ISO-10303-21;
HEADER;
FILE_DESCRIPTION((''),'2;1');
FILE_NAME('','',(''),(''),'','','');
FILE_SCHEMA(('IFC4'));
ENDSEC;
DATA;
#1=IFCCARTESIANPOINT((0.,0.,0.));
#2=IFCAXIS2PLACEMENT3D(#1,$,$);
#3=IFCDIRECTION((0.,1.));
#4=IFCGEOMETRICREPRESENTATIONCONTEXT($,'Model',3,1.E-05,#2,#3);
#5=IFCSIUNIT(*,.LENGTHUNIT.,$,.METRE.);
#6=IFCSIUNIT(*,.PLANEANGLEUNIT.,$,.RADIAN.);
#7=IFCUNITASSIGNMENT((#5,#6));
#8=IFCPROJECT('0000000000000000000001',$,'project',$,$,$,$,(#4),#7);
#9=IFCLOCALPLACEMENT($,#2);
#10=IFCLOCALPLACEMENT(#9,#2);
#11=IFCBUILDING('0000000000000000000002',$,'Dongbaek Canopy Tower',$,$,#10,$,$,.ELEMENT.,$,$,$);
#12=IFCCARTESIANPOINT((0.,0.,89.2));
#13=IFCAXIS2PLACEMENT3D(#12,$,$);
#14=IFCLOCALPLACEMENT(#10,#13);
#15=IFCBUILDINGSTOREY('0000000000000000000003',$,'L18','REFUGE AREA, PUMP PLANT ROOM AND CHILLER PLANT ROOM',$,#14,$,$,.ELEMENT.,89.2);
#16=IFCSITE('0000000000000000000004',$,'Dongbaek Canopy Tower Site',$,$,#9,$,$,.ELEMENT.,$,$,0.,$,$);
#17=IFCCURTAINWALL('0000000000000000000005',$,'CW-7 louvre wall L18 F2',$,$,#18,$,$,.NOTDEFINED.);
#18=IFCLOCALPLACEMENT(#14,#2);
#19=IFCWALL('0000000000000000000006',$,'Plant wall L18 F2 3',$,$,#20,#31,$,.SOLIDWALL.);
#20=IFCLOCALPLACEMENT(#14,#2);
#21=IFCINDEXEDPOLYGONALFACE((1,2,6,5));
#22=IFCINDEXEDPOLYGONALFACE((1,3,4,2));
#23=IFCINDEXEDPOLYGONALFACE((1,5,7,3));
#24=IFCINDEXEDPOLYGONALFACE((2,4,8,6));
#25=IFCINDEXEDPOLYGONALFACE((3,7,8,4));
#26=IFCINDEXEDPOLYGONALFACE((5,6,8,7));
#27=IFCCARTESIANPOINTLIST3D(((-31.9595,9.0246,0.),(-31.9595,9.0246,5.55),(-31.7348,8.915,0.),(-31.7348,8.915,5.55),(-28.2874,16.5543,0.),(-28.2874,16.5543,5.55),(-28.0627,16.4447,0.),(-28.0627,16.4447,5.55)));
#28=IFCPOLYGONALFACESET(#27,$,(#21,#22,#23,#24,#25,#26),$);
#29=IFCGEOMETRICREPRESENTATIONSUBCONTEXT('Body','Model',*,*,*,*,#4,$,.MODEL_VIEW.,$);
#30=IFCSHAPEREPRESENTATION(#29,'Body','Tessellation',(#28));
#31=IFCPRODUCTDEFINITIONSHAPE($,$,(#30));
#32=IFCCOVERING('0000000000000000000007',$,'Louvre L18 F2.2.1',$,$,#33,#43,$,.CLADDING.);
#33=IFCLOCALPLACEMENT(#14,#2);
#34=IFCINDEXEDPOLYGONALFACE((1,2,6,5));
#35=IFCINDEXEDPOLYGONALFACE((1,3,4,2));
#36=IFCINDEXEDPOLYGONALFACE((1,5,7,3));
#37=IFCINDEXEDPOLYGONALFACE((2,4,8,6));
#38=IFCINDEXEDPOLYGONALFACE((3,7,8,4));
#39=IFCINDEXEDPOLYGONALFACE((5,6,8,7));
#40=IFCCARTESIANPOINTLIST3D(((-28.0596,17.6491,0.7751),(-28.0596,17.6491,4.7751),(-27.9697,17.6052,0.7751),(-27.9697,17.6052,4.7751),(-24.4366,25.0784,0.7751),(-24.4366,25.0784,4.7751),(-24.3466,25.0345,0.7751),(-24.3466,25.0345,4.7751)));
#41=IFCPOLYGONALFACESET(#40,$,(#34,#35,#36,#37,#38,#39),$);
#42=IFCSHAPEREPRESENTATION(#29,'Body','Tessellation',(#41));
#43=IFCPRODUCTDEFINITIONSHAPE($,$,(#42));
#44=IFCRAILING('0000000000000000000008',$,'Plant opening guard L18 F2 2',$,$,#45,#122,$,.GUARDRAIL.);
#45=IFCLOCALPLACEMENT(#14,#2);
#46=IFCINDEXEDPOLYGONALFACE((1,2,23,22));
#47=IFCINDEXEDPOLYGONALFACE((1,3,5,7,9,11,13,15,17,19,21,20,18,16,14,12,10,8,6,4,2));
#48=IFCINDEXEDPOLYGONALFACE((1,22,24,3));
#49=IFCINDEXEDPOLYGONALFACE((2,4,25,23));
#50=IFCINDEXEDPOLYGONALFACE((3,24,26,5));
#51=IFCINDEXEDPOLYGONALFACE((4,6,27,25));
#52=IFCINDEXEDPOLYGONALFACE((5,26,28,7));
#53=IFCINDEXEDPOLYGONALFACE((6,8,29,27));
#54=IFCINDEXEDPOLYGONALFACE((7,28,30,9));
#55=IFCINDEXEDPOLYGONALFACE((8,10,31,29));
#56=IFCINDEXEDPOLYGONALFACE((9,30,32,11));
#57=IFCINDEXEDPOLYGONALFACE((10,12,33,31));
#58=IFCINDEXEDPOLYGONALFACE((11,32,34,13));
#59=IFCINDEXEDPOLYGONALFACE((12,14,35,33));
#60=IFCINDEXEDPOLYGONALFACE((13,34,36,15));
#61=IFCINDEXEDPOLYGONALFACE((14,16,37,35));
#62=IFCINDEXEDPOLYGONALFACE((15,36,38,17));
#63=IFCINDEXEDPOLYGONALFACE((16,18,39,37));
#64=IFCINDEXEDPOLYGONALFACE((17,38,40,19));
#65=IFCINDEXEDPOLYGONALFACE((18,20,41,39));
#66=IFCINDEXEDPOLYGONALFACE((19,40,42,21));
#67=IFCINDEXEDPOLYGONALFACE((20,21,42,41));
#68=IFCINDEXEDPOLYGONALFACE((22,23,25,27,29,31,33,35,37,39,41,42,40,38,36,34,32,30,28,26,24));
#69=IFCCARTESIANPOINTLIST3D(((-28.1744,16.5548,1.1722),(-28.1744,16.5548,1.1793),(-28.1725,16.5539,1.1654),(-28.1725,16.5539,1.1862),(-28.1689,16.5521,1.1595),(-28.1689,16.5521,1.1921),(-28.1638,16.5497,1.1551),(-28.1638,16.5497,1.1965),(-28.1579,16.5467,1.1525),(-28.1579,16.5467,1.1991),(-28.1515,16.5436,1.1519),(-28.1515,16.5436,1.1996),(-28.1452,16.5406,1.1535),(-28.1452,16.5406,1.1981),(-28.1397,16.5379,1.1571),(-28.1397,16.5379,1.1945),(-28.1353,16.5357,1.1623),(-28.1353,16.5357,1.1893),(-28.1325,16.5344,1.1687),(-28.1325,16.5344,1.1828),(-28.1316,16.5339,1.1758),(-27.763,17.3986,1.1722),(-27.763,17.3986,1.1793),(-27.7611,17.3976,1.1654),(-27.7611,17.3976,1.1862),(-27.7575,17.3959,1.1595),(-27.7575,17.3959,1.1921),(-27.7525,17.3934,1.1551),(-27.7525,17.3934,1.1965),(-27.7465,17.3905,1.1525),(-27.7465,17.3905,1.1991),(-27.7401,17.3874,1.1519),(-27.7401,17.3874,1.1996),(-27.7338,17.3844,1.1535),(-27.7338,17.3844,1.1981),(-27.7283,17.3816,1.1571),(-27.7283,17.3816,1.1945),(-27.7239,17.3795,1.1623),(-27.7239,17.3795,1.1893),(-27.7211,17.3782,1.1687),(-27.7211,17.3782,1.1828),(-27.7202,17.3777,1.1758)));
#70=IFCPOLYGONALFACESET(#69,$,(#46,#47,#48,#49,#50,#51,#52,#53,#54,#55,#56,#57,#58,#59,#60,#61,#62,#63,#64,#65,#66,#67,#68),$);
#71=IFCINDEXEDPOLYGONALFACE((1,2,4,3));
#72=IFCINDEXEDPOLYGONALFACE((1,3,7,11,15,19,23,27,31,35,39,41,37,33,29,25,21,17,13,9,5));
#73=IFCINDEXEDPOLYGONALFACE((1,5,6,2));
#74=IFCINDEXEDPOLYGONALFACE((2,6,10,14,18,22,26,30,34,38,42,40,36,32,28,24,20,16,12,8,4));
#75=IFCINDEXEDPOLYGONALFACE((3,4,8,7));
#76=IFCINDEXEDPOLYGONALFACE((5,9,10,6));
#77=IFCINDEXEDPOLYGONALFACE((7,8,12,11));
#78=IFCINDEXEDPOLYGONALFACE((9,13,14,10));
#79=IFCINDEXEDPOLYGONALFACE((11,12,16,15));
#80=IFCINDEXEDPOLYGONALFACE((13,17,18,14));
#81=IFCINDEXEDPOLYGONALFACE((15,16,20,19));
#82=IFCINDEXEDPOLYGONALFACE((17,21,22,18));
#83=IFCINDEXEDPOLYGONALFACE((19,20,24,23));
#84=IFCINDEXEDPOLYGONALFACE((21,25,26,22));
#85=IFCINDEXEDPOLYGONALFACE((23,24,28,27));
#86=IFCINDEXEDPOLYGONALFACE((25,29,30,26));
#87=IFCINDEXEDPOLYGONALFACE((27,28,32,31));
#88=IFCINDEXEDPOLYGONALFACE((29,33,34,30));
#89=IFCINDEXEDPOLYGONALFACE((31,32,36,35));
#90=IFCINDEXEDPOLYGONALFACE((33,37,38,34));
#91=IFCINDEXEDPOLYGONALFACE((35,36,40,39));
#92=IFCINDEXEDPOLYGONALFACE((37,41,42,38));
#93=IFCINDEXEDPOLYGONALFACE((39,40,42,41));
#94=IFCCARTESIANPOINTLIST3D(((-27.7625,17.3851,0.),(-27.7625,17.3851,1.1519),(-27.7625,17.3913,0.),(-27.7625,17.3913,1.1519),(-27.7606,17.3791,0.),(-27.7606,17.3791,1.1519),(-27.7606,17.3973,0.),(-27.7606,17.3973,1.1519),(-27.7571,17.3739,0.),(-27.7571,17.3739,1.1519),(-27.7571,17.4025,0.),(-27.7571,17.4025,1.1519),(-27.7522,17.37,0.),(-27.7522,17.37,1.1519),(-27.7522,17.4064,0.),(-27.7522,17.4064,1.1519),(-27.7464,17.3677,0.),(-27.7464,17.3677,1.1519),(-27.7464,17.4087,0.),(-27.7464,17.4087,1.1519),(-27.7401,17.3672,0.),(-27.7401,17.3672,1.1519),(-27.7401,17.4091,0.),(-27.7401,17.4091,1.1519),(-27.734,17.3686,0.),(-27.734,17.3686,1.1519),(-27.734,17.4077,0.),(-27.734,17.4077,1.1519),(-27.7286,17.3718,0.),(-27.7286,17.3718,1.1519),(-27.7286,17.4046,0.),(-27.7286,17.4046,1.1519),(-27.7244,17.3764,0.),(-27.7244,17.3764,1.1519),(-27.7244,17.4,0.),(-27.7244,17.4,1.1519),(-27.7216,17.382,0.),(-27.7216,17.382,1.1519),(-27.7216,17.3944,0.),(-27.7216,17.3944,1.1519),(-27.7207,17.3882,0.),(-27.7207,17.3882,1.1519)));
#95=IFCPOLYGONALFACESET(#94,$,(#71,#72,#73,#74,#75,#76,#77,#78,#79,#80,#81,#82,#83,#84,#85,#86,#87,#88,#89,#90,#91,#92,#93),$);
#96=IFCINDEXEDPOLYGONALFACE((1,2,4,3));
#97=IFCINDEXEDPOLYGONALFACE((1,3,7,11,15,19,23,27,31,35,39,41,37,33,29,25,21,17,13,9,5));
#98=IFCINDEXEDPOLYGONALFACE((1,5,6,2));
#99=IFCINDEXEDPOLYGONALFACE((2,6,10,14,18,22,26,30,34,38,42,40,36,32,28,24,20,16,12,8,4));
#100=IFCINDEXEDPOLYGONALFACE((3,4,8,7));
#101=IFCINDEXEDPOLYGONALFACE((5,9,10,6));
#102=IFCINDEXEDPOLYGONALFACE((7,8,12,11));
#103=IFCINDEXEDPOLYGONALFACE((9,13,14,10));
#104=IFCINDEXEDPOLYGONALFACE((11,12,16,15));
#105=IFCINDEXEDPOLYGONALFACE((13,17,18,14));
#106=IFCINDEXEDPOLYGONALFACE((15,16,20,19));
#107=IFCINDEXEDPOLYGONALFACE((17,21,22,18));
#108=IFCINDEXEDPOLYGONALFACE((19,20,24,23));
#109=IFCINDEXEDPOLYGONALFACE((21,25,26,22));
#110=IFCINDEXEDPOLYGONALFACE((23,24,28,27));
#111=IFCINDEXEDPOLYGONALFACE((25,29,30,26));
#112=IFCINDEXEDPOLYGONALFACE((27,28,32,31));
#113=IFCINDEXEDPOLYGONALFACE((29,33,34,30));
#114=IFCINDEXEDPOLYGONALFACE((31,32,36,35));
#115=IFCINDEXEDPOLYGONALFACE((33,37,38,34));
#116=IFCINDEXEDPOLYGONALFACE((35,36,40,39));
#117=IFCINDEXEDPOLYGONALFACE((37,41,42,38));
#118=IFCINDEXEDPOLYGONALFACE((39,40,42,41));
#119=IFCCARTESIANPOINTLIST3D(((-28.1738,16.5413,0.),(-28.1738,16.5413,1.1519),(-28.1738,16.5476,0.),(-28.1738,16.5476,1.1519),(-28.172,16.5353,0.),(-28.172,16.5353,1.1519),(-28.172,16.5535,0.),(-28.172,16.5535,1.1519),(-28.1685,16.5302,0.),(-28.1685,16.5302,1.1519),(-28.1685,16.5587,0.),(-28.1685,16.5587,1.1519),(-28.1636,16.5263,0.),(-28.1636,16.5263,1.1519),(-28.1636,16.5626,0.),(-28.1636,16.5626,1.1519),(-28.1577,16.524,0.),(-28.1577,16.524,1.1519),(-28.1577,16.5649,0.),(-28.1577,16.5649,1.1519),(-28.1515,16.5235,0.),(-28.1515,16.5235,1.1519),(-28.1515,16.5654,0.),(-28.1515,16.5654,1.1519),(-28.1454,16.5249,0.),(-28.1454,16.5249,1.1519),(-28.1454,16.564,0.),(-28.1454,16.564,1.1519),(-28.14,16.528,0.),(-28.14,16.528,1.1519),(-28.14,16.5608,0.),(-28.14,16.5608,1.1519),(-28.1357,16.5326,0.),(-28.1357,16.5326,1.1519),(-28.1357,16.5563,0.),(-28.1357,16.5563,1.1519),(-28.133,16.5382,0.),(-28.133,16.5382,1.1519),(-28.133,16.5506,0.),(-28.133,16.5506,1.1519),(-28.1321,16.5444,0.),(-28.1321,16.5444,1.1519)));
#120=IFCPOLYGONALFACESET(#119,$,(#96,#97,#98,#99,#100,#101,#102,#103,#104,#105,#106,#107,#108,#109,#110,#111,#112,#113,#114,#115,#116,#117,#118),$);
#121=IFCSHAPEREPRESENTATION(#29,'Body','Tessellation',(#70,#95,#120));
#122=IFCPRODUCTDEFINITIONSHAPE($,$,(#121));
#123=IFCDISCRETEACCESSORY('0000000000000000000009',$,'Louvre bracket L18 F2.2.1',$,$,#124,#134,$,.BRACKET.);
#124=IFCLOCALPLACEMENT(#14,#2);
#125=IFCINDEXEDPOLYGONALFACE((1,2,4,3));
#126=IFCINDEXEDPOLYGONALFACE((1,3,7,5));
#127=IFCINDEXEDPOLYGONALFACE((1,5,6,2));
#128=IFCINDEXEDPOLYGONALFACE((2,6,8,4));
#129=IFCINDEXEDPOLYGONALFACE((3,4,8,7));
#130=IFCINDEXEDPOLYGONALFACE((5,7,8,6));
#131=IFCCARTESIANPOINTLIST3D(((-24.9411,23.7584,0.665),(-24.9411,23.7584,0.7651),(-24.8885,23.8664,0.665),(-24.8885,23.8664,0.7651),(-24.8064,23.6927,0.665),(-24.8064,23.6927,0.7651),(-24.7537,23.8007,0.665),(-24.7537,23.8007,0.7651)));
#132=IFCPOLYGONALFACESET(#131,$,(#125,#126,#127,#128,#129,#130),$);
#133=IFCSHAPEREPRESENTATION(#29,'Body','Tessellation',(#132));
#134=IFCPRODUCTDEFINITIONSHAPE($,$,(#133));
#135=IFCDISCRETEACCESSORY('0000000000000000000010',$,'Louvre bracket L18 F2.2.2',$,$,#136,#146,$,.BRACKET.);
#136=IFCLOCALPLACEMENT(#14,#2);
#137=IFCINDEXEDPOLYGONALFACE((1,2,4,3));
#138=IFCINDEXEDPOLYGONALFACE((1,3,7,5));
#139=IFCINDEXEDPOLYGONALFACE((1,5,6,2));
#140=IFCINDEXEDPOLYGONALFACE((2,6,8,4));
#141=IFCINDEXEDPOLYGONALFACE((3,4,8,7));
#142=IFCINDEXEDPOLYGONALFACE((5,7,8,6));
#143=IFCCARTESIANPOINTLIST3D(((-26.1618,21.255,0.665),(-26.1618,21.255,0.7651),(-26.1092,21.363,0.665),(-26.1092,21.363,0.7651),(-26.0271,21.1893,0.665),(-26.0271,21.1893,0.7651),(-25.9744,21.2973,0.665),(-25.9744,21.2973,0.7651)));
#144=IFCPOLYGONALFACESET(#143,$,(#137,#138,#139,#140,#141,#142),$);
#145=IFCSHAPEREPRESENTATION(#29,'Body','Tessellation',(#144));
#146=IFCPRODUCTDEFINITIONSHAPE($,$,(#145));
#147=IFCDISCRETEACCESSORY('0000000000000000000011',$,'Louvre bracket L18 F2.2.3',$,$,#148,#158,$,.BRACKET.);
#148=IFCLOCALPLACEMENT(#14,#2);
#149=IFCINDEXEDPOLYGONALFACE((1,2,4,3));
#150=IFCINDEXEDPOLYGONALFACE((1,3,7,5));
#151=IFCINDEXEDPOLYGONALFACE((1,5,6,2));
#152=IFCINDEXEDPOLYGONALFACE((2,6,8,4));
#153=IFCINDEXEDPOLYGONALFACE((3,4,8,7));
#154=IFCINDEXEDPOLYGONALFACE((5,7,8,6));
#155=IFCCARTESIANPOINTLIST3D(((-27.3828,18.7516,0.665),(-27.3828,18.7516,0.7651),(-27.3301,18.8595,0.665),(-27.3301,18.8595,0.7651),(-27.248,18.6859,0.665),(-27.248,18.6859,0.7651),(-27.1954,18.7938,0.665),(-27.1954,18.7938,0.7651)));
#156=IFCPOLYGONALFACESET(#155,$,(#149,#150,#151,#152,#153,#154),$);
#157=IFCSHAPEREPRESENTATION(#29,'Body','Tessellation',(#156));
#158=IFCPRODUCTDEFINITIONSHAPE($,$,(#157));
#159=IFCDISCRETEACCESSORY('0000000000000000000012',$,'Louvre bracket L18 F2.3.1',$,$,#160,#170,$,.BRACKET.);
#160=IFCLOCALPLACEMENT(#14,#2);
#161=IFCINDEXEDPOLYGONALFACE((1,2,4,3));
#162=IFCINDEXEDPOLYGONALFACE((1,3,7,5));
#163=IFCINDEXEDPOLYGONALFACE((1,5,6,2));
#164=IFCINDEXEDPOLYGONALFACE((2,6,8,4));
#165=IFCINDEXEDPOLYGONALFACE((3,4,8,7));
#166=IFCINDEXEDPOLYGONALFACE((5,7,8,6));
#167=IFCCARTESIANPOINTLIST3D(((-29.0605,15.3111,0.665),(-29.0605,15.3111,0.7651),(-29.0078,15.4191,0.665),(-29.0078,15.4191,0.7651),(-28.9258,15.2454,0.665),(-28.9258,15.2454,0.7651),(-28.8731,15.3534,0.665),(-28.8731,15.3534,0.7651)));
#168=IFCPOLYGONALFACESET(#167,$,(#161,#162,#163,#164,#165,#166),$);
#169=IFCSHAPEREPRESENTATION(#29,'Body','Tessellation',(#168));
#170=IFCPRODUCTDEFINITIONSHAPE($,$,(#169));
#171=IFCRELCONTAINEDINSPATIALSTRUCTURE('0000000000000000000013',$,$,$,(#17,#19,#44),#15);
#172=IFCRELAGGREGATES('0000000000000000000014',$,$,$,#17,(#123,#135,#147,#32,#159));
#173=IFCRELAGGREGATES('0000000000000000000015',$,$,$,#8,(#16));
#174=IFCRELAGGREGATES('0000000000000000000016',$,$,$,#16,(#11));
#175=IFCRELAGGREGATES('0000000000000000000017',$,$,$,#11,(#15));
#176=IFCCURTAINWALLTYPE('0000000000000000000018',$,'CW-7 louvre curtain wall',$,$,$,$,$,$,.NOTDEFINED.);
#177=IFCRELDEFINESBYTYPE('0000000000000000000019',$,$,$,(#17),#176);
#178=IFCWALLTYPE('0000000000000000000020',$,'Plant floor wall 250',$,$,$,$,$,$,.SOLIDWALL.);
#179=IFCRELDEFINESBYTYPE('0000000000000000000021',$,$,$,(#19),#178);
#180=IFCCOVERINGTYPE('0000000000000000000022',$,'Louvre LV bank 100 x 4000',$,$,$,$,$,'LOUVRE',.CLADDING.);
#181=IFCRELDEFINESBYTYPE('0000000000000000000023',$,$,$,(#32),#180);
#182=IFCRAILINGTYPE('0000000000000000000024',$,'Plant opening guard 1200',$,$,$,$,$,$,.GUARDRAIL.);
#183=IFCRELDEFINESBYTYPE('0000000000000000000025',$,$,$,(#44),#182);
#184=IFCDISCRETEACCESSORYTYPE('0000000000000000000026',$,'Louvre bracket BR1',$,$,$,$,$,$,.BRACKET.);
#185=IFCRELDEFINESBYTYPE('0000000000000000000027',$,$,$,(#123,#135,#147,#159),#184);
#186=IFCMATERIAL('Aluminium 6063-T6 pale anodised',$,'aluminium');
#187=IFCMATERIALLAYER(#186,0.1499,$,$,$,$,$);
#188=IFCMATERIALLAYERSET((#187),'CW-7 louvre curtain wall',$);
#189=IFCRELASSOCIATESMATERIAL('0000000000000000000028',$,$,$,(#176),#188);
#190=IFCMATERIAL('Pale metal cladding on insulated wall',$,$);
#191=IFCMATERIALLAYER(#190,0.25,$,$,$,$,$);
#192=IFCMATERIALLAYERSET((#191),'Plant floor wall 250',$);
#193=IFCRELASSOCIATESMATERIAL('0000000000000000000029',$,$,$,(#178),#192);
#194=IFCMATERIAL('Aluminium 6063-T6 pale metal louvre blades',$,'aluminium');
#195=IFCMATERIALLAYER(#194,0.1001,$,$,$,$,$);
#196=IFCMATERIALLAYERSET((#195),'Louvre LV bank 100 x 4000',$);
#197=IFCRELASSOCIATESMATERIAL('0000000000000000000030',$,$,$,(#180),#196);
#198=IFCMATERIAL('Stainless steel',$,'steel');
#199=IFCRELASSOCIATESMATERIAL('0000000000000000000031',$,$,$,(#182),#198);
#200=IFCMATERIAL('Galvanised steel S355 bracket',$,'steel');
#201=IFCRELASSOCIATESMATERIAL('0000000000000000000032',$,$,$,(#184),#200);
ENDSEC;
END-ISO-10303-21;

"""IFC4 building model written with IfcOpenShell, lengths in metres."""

from ifc_helpers import new_model, si_unit, direction, frame, frame_2d, origin, origin_2d, place, context, subcontext, project, spatial, rectangle, circle, extrude, material, layer, layer_set, type_object, element, aggregate, save


model = new_model("IFC4")

# Units and contexts
model_context = context("Model", 3, precision=1e-05, world=origin(), true_north=direction((0.0, 1.0)))
body_context = subcontext(model_context, "Body", "Model", "MODEL_VIEW")
ifc_project = project(units=[si_unit("LENGTHUNIT", "METRE"), si_unit("PLANEANGLEUNIT", "RADIAN")], contexts=[model_context])

# Site, building, storey
site_placement = place(None, origin())
site = spatial("IfcSite", under=ifc_project, at=site_placement, Name="Dongbaek Canopy Tower Site", CompositionType="ELEMENT", RefElevation=0.0)
building_placement = place(site_placement, origin())
building = spatial("IfcBuilding", under=site, at=building_placement, Name="Dongbaek Canopy Tower", CompositionType="ELEMENT")
storey_placement = place(building_placement, frame((0.0, 0.0, 89.2)))
storey = spatial("IfcBuildingStorey", under=building, at=storey_placement, Name="L18", Description="REFUGE AREA, PUMP PLANT ROOM AND CHILLER PLANT ROOM", CompositionType="ELEMENT", Elevation=89.2)

# Curtain wall
ifc_material_1 = material(Name="Aluminium 6063-T6 pale anodised", Category="aluminium")
ifc_layer_1 = layer(ifc_material_1, 0.1499)
ifc_layer_set_1 = layer_set([ifc_layer_1], Name="CW-7 louvre curtain wall")
curtain_wall_type = type_object("IfcCurtainWallType", Name="CW-7 louvre curtain wall", PredefinedType="NOTDEFINED", material=ifc_layer_set_1)
curtain_wall_placement = place(storey_placement, origin())
curtain_wall = element("IfcCurtainWall", 1, at=curtain_wall_placement, inside=storey, type_object=curtain_wall_type, Name="CW-7 louvre wall L18 F2", PredefinedType="NOTDEFINED")

# Wall
ifc_material_2 = material(Name="Pale metal cladding on insulated wall")
ifc_layer_2 = layer(ifc_material_2, 0.25)
ifc_layer_set_2 = layer_set([ifc_layer_2], Name="Plant floor wall 250")
wall_type_1 = type_object("IfcWallType", Name="Plant floor wall 250", PredefinedType="SOLIDWALL", material=ifc_layer_set_2)
wall_1_placement = place(storey_placement, frame((-28.175, 16.4995, 0.0), z_axis=(0.0, 0.0, 1.0), x_axis=(-0.438332, -0.898813, 0.0)))
element("IfcWall", 2, at=wall_1_placement, inside=storey, type_object=wall_type_1, Name="Plant wall L18 F2 3", PredefinedType="SOLIDWALL", context=body_context, shape_type="SweptSolid", body=[
    extrude(rectangle(XDim=8.3774, YDim=0.25, at=frame_2d((4.1887, 0.0))), origin(), (0.0, 0.0, 1.0), 5.55),
])

# Covering
ifc_material_3 = material(Name="Aluminium 6063-T6 pale metal louvre blades", Category="aluminium")
ifc_layer_3 = layer(ifc_material_3, 0.1001)
ifc_layer_set_3 = layer_set([ifc_layer_3], Name="Louvre LV bank 100 x 4000")
covering_type = type_object("IfcCoveringType", Name="Louvre LV bank 100 x 4000", ElementType="LOUVRE", PredefinedType="CLADDING", material=ifc_layer_set_3)
covering_placement = place(storey_placement, frame((-26.2031, 21.3418, 0.7751), z_axis=(0.0, 0.0, 1.0), x_axis=(-0.438328, -0.898815, 0.0)))
covering = element("IfcCovering", 3, at=covering_placement, type_object=covering_type, Name="Louvre L18 F2.2.1", PredefinedType="CLADDING", context=body_context, shape_type="SweptSolid", body=[
    extrude(rectangle(XDim=8.2656, YDim=0.1001, at=origin_2d()), origin(), (0.0, 0.0, 1.0), 4.0),
])

# Railing
ifc_material_4 = material(Name="Stainless steel", Category="steel")
railing_type = type_object("IfcRailingType", Name="Plant opening guard 1200", PredefinedType="GUARDRAIL", material=ifc_material_4)
railing_placement = place(storey_placement, frame((-27.7417, 17.3882, 0.0)))
element("IfcRailing", 4, at=railing_placement, inside=storey, type_object=railing_type, Name="Plant opening guard L18 F2 2", PredefinedType="GUARDRAIL", context=body_context, shape_type="SweptSolid", body=[
    extrude(circle(Radius=0.0239, at=origin_2d()), frame((0.0, 0.0, 1.1758), z_axis=(-0.438244, -0.898856, 0.0), x_axis=(0.898856, -0.438244, 0.0)), (0.0, 0.0, 1.0), 0.9387),
    extrude(circle(Radius=0.021, at=origin_2d()), origin(), (0.0, 0.0, 1.0), 1.1519),
    extrude(circle(Radius=0.021, at=origin_2d()), frame((-0.4114, -0.8438, 0.0)), (0.0, 0.0, 1.0), 1.1519),
])

# Discrete accessories
ifc_material_5 = material(Name="Galvanised steel S355 bracket", Category="steel")
discrete_accessory_type = type_object("IfcDiscreteAccessoryType", Name="Louvre bracket BR1", PredefinedType="BRACKET", material=ifc_material_5)
discrete_accessory_1_placement = place(storey_placement, frame((-24.8474, 23.7795, 0.665), z_axis=(0.0, 0.0, 1.0), x_axis=(-0.438328, -0.898815, 0.0)))
discrete_accessory_1 = element("IfcDiscreteAccessory", 5, at=discrete_accessory_1_placement, type_object=discrete_accessory_type, Name="Louvre bracket L18 F2.2.1", PredefinedType="BRACKET", context=body_context, shape_type="SweptSolid", body=[
    extrude(rectangle(XDim=0.1201, YDim=0.1499, at=origin_2d()), origin(), (0.0, 0.0, 1.0), 0.1001),
])
discrete_accessory_2_placement = place(storey_placement, frame((-26.0681, 21.2761, 0.665), z_axis=(0.0, 0.0, 1.0), x_axis=(-0.438328, -0.898815, 0.0)))
discrete_accessory_2 = element("IfcDiscreteAccessory", 6, at=discrete_accessory_2_placement, type_object=discrete_accessory_type, Name="Louvre bracket L18 F2.2.2", PredefinedType="BRACKET", context=body_context, shape_type="SweptSolid", body=[
    extrude(rectangle(XDim=0.1201, YDim=0.1499, at=origin_2d()), origin(), (0.0, 0.0, 1.0), 0.1001),
])
discrete_accessory_3_placement = place(storey_placement, frame((-27.2891, 18.7727, 0.665), z_axis=(0.0, 0.0, 1.0), x_axis=(-0.438328, -0.898815, 0.0)))
discrete_accessory_3 = element("IfcDiscreteAccessory", 7, at=discrete_accessory_3_placement, type_object=discrete_accessory_type, Name="Louvre bracket L18 F2.2.3", PredefinedType="BRACKET", context=body_context, shape_type="SweptSolid", body=[
    extrude(rectangle(XDim=0.1201, YDim=0.1499, at=origin_2d()), origin(), (0.0, 0.0, 1.0), 0.1001),
])
discrete_accessory_4_placement = place(storey_placement, frame((-28.9668, 15.3323, 0.665), z_axis=(0.0, 0.0, 1.0), x_axis=(-0.438328, -0.898815, 0.0)))
discrete_accessory_4 = element("IfcDiscreteAccessory", 8, at=discrete_accessory_4_placement, type_object=discrete_accessory_type, Name="Louvre bracket L18 F2.3.1", PredefinedType="BRACKET", context=body_context, shape_type="SweptSolid", body=[
    extrude(rectangle(XDim=0.1201, YDim=0.1499, at=origin_2d()), origin(), (0.0, 0.0, 1.0), 0.1001),
])
aggregate(curtain_wall, [discrete_accessory_1, discrete_accessory_2, discrete_accessory_3, covering, discrete_accessory_4])

save(model, "model.ifc")
